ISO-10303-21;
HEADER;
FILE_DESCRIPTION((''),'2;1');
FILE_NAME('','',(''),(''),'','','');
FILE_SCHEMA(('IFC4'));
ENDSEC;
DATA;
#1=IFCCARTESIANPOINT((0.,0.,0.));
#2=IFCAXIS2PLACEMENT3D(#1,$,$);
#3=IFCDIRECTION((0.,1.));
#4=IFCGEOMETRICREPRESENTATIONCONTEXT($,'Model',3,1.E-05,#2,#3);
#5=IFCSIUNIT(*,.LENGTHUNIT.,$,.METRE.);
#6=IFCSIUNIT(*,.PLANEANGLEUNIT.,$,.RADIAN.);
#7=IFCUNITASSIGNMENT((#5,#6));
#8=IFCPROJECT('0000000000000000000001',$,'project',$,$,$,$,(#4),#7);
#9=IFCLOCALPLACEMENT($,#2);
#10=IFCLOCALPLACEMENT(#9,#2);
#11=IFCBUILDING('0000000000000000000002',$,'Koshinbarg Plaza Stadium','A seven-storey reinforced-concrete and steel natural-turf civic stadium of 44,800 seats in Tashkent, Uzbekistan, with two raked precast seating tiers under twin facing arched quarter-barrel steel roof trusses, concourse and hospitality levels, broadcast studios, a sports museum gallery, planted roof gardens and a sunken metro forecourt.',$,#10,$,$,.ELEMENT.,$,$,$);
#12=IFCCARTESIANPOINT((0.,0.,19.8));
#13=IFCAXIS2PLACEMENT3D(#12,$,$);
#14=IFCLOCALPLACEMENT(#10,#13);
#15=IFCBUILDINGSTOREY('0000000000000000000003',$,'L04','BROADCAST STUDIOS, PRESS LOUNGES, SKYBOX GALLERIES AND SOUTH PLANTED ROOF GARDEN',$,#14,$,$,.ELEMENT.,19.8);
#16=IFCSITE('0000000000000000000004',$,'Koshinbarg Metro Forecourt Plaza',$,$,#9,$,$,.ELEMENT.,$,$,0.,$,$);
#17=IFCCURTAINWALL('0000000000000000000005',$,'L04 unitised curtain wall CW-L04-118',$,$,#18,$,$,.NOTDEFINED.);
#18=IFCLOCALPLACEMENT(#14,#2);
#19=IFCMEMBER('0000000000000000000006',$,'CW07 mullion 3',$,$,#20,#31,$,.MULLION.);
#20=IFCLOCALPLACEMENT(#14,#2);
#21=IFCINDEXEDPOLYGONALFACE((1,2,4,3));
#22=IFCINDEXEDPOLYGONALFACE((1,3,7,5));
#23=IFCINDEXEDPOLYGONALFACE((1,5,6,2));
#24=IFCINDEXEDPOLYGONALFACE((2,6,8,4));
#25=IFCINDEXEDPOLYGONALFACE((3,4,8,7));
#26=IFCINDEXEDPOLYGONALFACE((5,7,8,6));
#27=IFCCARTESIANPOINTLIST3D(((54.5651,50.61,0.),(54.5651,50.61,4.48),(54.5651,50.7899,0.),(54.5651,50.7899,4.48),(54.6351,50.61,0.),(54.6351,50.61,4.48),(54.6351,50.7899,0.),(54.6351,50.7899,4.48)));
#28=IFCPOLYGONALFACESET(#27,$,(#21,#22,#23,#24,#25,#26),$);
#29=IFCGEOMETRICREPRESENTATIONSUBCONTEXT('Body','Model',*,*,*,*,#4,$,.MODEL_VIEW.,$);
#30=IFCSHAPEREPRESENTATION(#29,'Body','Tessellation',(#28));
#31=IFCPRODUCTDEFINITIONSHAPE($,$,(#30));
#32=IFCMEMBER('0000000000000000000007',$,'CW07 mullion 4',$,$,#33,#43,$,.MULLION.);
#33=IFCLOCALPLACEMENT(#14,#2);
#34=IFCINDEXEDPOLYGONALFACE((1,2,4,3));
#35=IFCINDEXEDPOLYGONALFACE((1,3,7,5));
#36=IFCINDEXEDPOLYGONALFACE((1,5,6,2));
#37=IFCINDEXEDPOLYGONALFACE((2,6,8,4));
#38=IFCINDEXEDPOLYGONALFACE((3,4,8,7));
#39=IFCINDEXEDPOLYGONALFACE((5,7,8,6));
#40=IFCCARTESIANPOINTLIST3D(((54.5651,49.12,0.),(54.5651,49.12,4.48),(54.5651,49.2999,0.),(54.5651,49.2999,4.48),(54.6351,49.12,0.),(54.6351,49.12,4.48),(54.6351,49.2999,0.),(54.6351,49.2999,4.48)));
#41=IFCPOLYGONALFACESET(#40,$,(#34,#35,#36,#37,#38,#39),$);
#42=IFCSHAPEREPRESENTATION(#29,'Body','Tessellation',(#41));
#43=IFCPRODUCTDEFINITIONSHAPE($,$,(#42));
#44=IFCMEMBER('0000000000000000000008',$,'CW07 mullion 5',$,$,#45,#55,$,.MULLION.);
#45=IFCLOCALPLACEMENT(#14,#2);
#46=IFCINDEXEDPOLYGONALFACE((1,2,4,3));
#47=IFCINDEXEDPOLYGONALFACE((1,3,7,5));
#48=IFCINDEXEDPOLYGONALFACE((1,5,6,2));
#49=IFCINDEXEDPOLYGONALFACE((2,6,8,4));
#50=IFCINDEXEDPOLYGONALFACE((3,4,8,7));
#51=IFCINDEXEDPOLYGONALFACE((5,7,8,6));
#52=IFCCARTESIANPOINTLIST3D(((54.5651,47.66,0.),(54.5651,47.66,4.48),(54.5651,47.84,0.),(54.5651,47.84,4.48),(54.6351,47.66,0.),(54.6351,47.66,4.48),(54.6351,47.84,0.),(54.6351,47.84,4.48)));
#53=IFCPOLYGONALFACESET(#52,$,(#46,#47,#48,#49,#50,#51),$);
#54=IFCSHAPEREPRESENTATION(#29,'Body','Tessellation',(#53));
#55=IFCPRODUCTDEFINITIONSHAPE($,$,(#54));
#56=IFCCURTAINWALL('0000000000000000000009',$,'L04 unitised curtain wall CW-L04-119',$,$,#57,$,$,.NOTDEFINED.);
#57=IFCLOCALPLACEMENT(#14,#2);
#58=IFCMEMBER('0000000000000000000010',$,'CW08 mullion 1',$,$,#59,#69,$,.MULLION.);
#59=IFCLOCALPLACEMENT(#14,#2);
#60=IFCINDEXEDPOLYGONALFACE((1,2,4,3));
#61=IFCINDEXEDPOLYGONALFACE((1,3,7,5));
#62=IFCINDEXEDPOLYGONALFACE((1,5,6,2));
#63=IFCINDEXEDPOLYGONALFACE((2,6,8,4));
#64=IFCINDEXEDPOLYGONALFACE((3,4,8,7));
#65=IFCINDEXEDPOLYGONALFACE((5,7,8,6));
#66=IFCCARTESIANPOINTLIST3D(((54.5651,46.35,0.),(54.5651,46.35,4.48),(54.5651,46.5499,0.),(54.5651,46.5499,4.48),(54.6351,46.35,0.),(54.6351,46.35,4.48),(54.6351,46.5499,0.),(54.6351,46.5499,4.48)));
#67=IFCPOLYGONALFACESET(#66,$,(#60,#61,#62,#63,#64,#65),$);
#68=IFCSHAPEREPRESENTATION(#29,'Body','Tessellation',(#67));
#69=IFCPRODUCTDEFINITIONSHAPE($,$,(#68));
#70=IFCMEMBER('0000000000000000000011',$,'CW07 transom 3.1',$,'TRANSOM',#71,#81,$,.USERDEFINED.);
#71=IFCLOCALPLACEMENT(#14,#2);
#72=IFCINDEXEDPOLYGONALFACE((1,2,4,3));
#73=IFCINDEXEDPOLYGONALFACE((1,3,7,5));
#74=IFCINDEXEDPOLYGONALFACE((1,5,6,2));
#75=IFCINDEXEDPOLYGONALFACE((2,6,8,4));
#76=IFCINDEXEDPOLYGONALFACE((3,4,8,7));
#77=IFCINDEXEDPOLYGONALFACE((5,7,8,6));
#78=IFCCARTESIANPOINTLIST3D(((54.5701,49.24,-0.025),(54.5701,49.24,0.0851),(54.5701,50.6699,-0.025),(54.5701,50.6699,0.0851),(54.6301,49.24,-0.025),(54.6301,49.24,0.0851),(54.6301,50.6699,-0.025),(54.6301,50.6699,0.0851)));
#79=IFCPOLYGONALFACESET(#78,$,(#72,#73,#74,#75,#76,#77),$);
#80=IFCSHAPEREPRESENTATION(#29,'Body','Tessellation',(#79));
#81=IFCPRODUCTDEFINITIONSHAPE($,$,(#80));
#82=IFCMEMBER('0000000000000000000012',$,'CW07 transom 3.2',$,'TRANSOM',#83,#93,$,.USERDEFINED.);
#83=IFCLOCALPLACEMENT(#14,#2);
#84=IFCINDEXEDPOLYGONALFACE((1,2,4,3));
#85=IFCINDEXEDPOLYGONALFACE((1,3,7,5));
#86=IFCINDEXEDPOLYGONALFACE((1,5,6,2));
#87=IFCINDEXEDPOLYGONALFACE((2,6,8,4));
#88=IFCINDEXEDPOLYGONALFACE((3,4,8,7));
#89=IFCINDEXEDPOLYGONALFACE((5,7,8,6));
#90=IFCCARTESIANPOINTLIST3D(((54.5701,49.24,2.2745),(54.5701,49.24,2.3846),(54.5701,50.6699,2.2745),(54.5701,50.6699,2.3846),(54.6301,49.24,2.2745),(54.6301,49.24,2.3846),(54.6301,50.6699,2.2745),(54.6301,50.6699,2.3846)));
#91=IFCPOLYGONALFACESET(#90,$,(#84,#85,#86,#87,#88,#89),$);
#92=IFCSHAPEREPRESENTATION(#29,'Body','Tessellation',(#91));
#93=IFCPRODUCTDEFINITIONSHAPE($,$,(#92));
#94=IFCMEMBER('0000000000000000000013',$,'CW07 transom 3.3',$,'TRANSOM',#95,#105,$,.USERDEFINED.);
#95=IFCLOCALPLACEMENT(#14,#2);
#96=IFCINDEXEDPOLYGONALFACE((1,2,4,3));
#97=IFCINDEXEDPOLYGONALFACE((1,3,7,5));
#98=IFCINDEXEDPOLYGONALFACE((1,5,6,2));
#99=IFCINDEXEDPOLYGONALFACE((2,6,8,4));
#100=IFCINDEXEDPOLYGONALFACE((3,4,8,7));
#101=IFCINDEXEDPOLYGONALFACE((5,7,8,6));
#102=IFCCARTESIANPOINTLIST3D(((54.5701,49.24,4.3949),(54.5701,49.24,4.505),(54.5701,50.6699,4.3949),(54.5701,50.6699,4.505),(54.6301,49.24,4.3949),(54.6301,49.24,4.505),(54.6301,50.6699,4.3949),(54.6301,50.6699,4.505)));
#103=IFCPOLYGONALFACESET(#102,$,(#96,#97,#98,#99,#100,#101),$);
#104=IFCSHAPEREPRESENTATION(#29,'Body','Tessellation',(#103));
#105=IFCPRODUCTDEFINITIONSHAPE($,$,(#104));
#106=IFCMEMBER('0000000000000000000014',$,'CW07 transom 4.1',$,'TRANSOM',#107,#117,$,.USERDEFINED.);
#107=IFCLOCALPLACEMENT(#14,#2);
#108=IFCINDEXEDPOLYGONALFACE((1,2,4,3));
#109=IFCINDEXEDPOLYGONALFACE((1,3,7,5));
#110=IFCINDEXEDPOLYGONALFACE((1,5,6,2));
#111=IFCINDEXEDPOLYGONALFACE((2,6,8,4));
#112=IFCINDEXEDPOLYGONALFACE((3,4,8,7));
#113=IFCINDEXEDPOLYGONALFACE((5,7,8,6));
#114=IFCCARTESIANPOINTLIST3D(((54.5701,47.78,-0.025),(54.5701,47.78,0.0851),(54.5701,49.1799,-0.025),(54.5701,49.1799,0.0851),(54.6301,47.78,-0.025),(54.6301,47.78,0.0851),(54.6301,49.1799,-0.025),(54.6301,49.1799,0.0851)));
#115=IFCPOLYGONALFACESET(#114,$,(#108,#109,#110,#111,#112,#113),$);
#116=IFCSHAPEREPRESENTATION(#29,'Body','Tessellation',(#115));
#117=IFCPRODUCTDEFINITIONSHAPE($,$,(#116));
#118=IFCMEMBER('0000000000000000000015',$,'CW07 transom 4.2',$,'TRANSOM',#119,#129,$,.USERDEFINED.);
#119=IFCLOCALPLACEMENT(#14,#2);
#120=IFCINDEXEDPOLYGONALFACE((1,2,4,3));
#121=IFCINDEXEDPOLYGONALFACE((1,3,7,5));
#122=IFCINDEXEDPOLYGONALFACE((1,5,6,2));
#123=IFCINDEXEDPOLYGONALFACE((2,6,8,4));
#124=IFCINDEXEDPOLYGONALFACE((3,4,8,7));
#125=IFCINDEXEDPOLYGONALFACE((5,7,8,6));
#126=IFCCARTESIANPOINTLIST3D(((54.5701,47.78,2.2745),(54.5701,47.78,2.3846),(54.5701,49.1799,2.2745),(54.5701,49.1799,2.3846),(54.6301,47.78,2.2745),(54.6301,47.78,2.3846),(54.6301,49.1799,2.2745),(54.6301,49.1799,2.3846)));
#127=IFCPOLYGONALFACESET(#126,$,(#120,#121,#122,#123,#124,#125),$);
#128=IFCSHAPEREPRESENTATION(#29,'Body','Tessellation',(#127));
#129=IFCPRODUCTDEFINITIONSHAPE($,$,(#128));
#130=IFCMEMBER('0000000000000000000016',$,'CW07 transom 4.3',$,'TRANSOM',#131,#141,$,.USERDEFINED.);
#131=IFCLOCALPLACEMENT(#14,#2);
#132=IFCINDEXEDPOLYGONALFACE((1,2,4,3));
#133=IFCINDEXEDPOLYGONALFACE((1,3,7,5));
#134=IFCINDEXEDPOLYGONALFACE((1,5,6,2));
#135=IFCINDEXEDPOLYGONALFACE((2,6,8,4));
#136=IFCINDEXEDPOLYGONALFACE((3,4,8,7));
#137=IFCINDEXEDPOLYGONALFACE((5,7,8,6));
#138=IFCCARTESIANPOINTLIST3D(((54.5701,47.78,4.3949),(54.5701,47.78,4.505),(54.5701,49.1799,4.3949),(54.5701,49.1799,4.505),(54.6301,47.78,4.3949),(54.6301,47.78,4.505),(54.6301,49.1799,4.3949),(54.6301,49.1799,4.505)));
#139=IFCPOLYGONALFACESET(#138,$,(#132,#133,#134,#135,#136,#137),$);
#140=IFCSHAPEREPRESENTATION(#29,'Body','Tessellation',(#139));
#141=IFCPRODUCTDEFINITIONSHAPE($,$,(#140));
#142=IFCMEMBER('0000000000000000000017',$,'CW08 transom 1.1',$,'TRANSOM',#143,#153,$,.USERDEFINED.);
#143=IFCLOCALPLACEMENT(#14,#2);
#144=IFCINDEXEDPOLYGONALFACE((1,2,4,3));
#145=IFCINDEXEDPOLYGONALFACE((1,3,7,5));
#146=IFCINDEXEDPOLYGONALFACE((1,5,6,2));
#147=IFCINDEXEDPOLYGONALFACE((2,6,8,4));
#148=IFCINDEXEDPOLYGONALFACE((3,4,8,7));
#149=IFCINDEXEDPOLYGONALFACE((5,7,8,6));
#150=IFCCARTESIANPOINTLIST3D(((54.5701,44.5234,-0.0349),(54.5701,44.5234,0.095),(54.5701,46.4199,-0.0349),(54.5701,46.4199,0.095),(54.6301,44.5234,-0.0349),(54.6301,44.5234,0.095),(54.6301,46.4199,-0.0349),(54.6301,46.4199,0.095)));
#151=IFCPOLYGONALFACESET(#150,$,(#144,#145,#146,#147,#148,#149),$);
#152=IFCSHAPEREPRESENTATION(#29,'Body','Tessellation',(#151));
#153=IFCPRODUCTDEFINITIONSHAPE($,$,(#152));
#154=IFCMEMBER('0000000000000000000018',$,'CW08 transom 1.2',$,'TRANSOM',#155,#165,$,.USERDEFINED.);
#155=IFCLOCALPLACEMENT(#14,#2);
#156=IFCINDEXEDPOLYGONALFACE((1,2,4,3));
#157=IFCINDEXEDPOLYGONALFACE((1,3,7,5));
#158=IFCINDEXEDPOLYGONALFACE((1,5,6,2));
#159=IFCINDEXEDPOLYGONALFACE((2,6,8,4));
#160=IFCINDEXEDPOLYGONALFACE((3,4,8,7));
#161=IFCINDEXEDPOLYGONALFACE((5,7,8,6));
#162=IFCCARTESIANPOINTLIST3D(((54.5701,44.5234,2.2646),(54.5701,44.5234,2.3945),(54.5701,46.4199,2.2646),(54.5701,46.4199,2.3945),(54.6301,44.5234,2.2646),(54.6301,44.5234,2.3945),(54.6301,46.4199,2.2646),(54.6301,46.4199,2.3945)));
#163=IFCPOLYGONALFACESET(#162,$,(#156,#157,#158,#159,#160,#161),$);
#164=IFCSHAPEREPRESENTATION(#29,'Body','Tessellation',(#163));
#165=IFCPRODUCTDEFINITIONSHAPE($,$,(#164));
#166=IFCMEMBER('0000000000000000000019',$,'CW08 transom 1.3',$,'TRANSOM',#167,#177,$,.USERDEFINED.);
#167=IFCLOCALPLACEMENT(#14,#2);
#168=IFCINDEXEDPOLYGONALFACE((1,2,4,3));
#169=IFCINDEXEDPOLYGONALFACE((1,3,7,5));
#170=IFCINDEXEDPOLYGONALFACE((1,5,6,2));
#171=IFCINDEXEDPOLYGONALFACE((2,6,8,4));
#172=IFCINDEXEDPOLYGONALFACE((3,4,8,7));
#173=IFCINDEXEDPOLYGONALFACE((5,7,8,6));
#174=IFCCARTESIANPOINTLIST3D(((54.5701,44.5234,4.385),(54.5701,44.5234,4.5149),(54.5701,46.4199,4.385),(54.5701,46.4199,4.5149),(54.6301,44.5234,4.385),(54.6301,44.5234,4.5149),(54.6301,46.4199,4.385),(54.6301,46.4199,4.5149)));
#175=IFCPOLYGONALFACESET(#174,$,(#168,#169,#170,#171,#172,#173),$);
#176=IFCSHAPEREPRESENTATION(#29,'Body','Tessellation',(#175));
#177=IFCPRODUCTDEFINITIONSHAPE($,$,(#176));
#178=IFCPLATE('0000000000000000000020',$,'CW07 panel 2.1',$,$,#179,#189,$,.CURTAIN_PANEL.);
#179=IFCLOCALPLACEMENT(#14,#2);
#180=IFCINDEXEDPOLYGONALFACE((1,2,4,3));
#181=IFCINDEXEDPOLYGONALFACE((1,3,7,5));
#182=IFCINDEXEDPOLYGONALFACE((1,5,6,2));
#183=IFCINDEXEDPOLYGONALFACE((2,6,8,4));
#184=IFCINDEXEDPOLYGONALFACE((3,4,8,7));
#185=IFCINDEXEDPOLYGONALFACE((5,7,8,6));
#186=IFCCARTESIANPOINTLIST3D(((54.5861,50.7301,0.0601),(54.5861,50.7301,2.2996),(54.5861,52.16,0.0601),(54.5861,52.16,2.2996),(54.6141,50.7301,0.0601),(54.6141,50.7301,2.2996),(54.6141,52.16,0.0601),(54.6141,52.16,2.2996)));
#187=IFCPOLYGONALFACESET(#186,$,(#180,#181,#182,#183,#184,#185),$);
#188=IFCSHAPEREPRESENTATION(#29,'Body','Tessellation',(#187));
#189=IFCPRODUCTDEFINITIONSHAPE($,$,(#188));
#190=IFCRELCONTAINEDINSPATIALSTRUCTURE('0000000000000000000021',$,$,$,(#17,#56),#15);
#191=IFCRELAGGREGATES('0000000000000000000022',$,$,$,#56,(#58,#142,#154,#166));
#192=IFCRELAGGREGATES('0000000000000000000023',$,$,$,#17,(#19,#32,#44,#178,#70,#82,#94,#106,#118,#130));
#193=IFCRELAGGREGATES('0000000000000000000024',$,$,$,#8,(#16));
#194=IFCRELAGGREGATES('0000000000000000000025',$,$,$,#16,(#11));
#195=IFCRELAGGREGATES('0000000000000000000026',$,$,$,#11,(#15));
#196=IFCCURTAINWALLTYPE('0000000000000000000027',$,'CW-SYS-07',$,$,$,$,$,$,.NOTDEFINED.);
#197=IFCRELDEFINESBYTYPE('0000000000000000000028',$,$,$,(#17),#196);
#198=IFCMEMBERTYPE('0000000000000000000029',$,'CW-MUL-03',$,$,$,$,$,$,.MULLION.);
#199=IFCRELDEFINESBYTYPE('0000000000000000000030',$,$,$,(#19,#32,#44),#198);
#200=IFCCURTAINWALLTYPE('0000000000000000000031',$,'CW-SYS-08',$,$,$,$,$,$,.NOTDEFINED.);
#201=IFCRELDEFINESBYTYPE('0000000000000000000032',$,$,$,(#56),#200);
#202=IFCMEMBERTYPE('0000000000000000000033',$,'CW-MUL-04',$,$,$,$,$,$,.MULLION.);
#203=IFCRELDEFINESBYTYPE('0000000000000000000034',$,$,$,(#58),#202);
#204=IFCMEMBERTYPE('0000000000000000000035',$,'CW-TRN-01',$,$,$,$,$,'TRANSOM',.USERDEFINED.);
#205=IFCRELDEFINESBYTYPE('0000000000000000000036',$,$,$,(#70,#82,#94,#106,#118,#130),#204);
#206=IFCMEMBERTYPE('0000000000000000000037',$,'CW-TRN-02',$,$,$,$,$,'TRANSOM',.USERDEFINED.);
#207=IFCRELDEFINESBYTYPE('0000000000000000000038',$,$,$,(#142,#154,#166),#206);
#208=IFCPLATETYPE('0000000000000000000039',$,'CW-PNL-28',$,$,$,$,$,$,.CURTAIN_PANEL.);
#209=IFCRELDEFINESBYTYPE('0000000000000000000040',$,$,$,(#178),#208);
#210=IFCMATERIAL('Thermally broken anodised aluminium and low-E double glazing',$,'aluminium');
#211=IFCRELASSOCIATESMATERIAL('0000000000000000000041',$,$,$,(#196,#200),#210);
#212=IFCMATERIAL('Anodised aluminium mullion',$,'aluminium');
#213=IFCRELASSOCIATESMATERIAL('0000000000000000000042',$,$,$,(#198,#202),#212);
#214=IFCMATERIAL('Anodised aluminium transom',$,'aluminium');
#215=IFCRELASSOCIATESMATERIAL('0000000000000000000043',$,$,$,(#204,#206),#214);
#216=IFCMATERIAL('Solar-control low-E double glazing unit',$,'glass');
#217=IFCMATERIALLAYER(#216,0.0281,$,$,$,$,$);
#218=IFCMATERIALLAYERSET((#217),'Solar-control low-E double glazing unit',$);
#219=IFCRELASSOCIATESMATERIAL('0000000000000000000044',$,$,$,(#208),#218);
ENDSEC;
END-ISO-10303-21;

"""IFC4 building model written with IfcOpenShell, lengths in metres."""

from ifc_helpers import new_model, si_unit, direction, frame, origin, origin_2d, place, context, subcontext, project, spatial, rectangle, extrude, material, layer, layer_set, material_profile, profile_set, type_object, element, aggregate, save


model = new_model("IFC4")

# Units and contexts
model_context = context("Model", 3, precision=1e-05, world=origin(), true_north=direction((0.0, 1.0)))
body_context = subcontext(model_context, "Body", "Model", "MODEL_VIEW")
ifc_project = project(units=[si_unit("LENGTHUNIT", "METRE"), si_unit("PLANEANGLEUNIT", "RADIAN")], contexts=[model_context])

# Site, building, storey
site_placement = place(None, origin())
site = spatial("IfcSite", under=ifc_project, at=site_placement, Name="Koshinbarg Metro Forecourt Plaza", CompositionType="ELEMENT", RefElevation=0.0)
building_placement = place(site_placement, origin())
building = spatial("IfcBuilding", under=site, at=building_placement, Name="Koshinbarg Plaza Stadium", Description="A seven-storey reinforced-concrete and steel natural-turf civic stadium of 44,800 seats in Tashkent, Uzbekistan, with two raked precast seating tiers under twin facing arched quarter-barrel steel roof trusses, concourse and hospitality levels, broadcast studios, a sports museum gallery, planted roof gardens and a sunken metro forecourt.", CompositionType="ELEMENT")
storey_placement = place(building_placement, frame((0.0, 0.0, 19.8)))
storey = spatial("IfcBuildingStorey", under=building, at=storey_placement, Name="L04", Description="BROADCAST STUDIOS, PRESS LOUNGES, SKYBOX GALLERIES AND SOUTH PLANTED ROOF GARDEN", CompositionType="ELEMENT", Elevation=19.8)

# Curtain wall, members
ifc_material_1 = material(Name="Thermally broken anodised aluminium and low-E double glazing", Category="aluminium")
curtain_wall_type_1 = type_object("IfcCurtainWallType", Name="CW-SYS-07", PredefinedType="NOTDEFINED", material=ifc_material_1)
curtain_wall_1_placement = place(storey_placement, origin())
curtain_wall_1 = element("IfcCurtainWall", 1, at=curtain_wall_1_placement, inside=storey, type_object=curtain_wall_type_1, Name="L04 unitised curtain wall CW-L04-118", PredefinedType="NOTDEFINED")
ifc_material_2 = material(Name="Anodised aluminium mullion", Category="aluminium")
ifc_material_profile_1 = material_profile(ifc_material_2, rectangle(XDim=0.0701, YDim=0.1799, at=origin_2d()), Name="ALU 70x180")
ifc_profile_set_1 = profile_set([ifc_material_profile_1], Name="Anodised aluminium mullion")
member_type_1 = type_object("IfcMemberType", Name="CW-MUL-03", PredefinedType="MULLION", material=ifc_profile_set_1)
member_1_placement = place(storey_placement, frame((54.6001, 50.7, 0.0), z_axis=(0.0, 0.0, 1.0), x_axis=(1.0, 0.0, 0.0)))
member_1 = element("IfcMember", 2, at=member_1_placement, type_object=member_type_1, Name="CW07 mullion 3", PredefinedType="MULLION", context=body_context, shape_type="SweptSolid", body=[
    extrude(rectangle(XDim=0.0701, YDim=0.1799, at=origin_2d()), origin(), (0.0, 0.0, 1.0), 4.48),
])
member_2_placement = place(storey_placement, frame((54.6001, 49.21, 0.0), z_axis=(0.0, 0.0, 1.0), x_axis=(1.0, 0.0, 0.0)))
member_2 = element("IfcMember", 3, at=member_2_placement, type_object=member_type_1, Name="CW07 mullion 4", PredefinedType="MULLION", context=body_context, shape_type="SweptSolid", body=[
    extrude(rectangle(XDim=0.0701, YDim=0.1799, at=origin_2d()), origin(), (0.0, 0.0, 1.0), 4.48),
])
member_3_placement = place(storey_placement, frame((54.6001, 47.75, 0.0), z_axis=(0.0, 0.0, 1.0), x_axis=(1.0, 0.0, 0.0)))
member_3 = element("IfcMember", 4, at=member_3_placement, type_object=member_type_1, Name="CW07 mullion 5", PredefinedType="MULLION", context=body_context, shape_type="SweptSolid", body=[
    extrude(rectangle(XDim=0.0701, YDim=0.1799, at=origin_2d()), origin(), (0.0, 0.0, 1.0), 4.48),
])

# Curtain wall, member
curtain_wall_type_2 = type_object("IfcCurtainWallType", Name="CW-SYS-08", PredefinedType="NOTDEFINED", material=ifc_material_1)
curtain_wall_2_placement = place(storey_placement, origin())
curtain_wall_2 = element("IfcCurtainWall", 5, at=curtain_wall_2_placement, inside=storey, type_object=curtain_wall_type_2, Name="L04 unitised curtain wall CW-L04-119", PredefinedType="NOTDEFINED")
ifc_material_profile_2 = material_profile(ifc_material_2, rectangle(XDim=0.0701, YDim=0.2, at=origin_2d()), Name="ALU 70x200")
ifc_profile_set_2 = profile_set([ifc_material_profile_2], Name="Anodised aluminium mullion")
member_type_2 = type_object("IfcMemberType", Name="CW-MUL-04", PredefinedType="MULLION", material=ifc_profile_set_2)
member_4_placement = place(storey_placement, frame((54.6001, 46.45, 0.0), z_axis=(0.0, 0.0, 1.0), x_axis=(1.0, 0.0, 0.0)))
member_4 = element("IfcMember", 6, at=member_4_placement, type_object=member_type_2, Name="CW08 mullion 1", PredefinedType="MULLION", context=body_context, shape_type="SweptSolid", body=[
    extrude(rectangle(XDim=0.0701, YDim=0.2, at=origin_2d()), origin(), (0.0, 0.0, 1.0), 4.48),
])

# Members
ifc_material_3 = material(Name="Anodised aluminium transom", Category="aluminium")
ifc_material_profile_3 = material_profile(ifc_material_3, rectangle(XDim=0.0601, YDim=0.1101, at=origin_2d()), Name="ALU 60x110")
ifc_profile_set_3 = profile_set([ifc_material_profile_3], Name="Anodised aluminium transom")
member_type_3 = type_object("IfcMemberType", Name="CW-TRN-01", ElementType="TRANSOM", PredefinedType="USERDEFINED", material=ifc_profile_set_3)
member_5_placement = place(storey_placement, frame((54.6001, 50.6699, 0.03), z_axis=(0.0, -1.0, 0.0), x_axis=(1.0, 0.0, 0.0)))
member_5 = element("IfcMember", 7, at=member_5_placement, type_object=member_type_3, Name="CW07 transom 3.1", ObjectType="TRANSOM", PredefinedType="USERDEFINED", context=body_context, shape_type="SweptSolid", body=[
    extrude(rectangle(XDim=0.0601, YDim=0.1101, at=origin_2d()), origin(), (0.0, 0.0, 1.0), 1.4299),
])
member_6_placement = place(storey_placement, frame((54.6001, 50.6699, 2.3296), z_axis=(0.0, -1.0, 0.0), x_axis=(1.0, 0.0, 0.0)))
member_6 = element("IfcMember", 8, at=member_6_placement, type_object=member_type_3, Name="CW07 transom 3.2", ObjectType="TRANSOM", PredefinedType="USERDEFINED", context=body_context, shape_type="SweptSolid", body=[
    extrude(rectangle(XDim=0.0601, YDim=0.1101, at=origin_2d()), origin(), (0.0, 0.0, 1.0), 1.4299),
])
member_7_placement = place(storey_placement, frame((54.6001, 50.6699, 4.45), z_axis=(0.0, -1.0, 0.0), x_axis=(1.0, 0.0, 0.0)))
member_7 = element("IfcMember", 9, at=member_7_placement, type_object=member_type_3, Name="CW07 transom 3.3", ObjectType="TRANSOM", PredefinedType="USERDEFINED", context=body_context, shape_type="SweptSolid", body=[
    extrude(rectangle(XDim=0.0601, YDim=0.1101, at=origin_2d()), origin(), (0.0, 0.0, 1.0), 1.4299),
])
member_8_placement = place(storey_placement, frame((54.6001, 49.1799, 0.03), z_axis=(0.0, -1.0, 0.0), x_axis=(1.0, 0.0, 0.0)))
member_8 = element("IfcMember", 10, at=member_8_placement, type_object=member_type_3, Name="CW07 transom 4.1", ObjectType="TRANSOM", PredefinedType="USERDEFINED", context=body_context, shape_type="SweptSolid", body=[
    extrude(rectangle(XDim=0.0601, YDim=0.1101, at=origin_2d()), origin(), (0.0, 0.0, 1.0), 1.3999),
])
member_9_placement = place(storey_placement, frame((54.6001, 49.1799, 2.3296), z_axis=(0.0, -1.0, 0.0), x_axis=(1.0, 0.0, 0.0)))
member_9 = element("IfcMember", 11, at=member_9_placement, type_object=member_type_3, Name="CW07 transom 4.2", ObjectType="TRANSOM", PredefinedType="USERDEFINED", context=body_context, shape_type="SweptSolid", body=[
    extrude(rectangle(XDim=0.0601, YDim=0.1101, at=origin_2d()), origin(), (0.0, 0.0, 1.0), 1.3999),
])
member_10_placement = place(storey_placement, frame((54.6001, 49.1799, 4.45), z_axis=(0.0, -1.0, 0.0), x_axis=(1.0, 0.0, 0.0)))
member_10 = element("IfcMember", 12, at=member_10_placement, type_object=member_type_3, Name="CW07 transom 4.3", ObjectType="TRANSOM", PredefinedType="USERDEFINED", context=body_context, shape_type="SweptSolid", body=[
    extrude(rectangle(XDim=0.0601, YDim=0.1101, at=origin_2d()), origin(), (0.0, 0.0, 1.0), 1.3999),
])
ifc_material_profile_4 = material_profile(ifc_material_3, rectangle(XDim=0.0601, YDim=0.1299, at=origin_2d()), Name="ALU 60x130")
ifc_profile_set_4 = profile_set([ifc_material_profile_4], Name="Anodised aluminium transom")
member_type_4 = type_object("IfcMemberType", Name="CW-TRN-02", ElementType="TRANSOM", PredefinedType="USERDEFINED", material=ifc_profile_set_4)
member_11_placement = place(storey_placement, frame((54.6001, 46.4199, 0.03), z_axis=(0.0, -1.0, 0.0), x_axis=(1.0, 0.0, 0.0)))
member_11 = element("IfcMember", 13, at=member_11_placement, type_object=member_type_4, Name="CW08 transom 1.1", ObjectType="TRANSOM", PredefinedType="USERDEFINED", context=body_context, shape_type="SweptSolid", body=[
    extrude(rectangle(XDim=0.0601, YDim=0.1299, at=origin_2d()), origin(), (0.0, 0.0, 1.0), 1.8965),
])
member_12_placement = place(storey_placement, frame((54.6001, 46.4199, 2.3296), z_axis=(0.0, -1.0, 0.0), x_axis=(1.0, 0.0, 0.0)))
member_12 = element("IfcMember", 14, at=member_12_placement, type_object=member_type_4, Name="CW08 transom 1.2", ObjectType="TRANSOM", PredefinedType="USERDEFINED", context=body_context, shape_type="SweptSolid", body=[
    extrude(rectangle(XDim=0.0601, YDim=0.1299, at=origin_2d()), origin(), (0.0, 0.0, 1.0), 1.8965),
])
member_13_placement = place(storey_placement, frame((54.6001, 46.4199, 4.45), z_axis=(0.0, -1.0, 0.0), x_axis=(1.0, 0.0, 0.0)))
member_13 = element("IfcMember", 15, at=member_13_placement, type_object=member_type_4, Name="CW08 transom 1.3", ObjectType="TRANSOM", PredefinedType="USERDEFINED", context=body_context, shape_type="SweptSolid", body=[
    extrude(rectangle(XDim=0.0601, YDim=0.1299, at=origin_2d()), origin(), (0.0, 0.0, 1.0), 1.8965),
])
aggregate(curtain_wall_2, [member_4, member_11, member_12, member_13])

# Plate
ifc_material_4 = material(Name="Solar-control low-E double glazing unit", Category="glass")
ifc_layer = layer(ifc_material_4, 0.0281)
ifc_layer_set = layer_set([ifc_layer], Name="Solar-control low-E double glazing unit")
plate_type = type_object("IfcPlateType", Name="CW-PNL-28", PredefinedType="CURTAIN_PANEL", material=ifc_layer_set)
plate_1_placement = place(storey_placement, frame((54.6001, 51.4451, 0.0601), z_axis=(0.0, 0.0, 1.0), x_axis=(0.0, -1.0, 0.0)))
plate_1 = element("IfcPlate", 16, at=plate_1_placement, type_object=plate_type, Name="CW07 panel 2.1", PredefinedType="CURTAIN_PANEL", context=body_context, shape_type="SweptSolid", body=[
    extrude(rectangle(XDim=1.4299, YDim=0.0281, at=origin_2d()), origin(), (0.0, 0.0, 1.0), 2.2395),
])
aggregate(curtain_wall_1, [member_1, member_2, member_3, plate_1, member_5, member_6, member_7, member_8, member_9, member_10])

save(model, "model.ifc")
